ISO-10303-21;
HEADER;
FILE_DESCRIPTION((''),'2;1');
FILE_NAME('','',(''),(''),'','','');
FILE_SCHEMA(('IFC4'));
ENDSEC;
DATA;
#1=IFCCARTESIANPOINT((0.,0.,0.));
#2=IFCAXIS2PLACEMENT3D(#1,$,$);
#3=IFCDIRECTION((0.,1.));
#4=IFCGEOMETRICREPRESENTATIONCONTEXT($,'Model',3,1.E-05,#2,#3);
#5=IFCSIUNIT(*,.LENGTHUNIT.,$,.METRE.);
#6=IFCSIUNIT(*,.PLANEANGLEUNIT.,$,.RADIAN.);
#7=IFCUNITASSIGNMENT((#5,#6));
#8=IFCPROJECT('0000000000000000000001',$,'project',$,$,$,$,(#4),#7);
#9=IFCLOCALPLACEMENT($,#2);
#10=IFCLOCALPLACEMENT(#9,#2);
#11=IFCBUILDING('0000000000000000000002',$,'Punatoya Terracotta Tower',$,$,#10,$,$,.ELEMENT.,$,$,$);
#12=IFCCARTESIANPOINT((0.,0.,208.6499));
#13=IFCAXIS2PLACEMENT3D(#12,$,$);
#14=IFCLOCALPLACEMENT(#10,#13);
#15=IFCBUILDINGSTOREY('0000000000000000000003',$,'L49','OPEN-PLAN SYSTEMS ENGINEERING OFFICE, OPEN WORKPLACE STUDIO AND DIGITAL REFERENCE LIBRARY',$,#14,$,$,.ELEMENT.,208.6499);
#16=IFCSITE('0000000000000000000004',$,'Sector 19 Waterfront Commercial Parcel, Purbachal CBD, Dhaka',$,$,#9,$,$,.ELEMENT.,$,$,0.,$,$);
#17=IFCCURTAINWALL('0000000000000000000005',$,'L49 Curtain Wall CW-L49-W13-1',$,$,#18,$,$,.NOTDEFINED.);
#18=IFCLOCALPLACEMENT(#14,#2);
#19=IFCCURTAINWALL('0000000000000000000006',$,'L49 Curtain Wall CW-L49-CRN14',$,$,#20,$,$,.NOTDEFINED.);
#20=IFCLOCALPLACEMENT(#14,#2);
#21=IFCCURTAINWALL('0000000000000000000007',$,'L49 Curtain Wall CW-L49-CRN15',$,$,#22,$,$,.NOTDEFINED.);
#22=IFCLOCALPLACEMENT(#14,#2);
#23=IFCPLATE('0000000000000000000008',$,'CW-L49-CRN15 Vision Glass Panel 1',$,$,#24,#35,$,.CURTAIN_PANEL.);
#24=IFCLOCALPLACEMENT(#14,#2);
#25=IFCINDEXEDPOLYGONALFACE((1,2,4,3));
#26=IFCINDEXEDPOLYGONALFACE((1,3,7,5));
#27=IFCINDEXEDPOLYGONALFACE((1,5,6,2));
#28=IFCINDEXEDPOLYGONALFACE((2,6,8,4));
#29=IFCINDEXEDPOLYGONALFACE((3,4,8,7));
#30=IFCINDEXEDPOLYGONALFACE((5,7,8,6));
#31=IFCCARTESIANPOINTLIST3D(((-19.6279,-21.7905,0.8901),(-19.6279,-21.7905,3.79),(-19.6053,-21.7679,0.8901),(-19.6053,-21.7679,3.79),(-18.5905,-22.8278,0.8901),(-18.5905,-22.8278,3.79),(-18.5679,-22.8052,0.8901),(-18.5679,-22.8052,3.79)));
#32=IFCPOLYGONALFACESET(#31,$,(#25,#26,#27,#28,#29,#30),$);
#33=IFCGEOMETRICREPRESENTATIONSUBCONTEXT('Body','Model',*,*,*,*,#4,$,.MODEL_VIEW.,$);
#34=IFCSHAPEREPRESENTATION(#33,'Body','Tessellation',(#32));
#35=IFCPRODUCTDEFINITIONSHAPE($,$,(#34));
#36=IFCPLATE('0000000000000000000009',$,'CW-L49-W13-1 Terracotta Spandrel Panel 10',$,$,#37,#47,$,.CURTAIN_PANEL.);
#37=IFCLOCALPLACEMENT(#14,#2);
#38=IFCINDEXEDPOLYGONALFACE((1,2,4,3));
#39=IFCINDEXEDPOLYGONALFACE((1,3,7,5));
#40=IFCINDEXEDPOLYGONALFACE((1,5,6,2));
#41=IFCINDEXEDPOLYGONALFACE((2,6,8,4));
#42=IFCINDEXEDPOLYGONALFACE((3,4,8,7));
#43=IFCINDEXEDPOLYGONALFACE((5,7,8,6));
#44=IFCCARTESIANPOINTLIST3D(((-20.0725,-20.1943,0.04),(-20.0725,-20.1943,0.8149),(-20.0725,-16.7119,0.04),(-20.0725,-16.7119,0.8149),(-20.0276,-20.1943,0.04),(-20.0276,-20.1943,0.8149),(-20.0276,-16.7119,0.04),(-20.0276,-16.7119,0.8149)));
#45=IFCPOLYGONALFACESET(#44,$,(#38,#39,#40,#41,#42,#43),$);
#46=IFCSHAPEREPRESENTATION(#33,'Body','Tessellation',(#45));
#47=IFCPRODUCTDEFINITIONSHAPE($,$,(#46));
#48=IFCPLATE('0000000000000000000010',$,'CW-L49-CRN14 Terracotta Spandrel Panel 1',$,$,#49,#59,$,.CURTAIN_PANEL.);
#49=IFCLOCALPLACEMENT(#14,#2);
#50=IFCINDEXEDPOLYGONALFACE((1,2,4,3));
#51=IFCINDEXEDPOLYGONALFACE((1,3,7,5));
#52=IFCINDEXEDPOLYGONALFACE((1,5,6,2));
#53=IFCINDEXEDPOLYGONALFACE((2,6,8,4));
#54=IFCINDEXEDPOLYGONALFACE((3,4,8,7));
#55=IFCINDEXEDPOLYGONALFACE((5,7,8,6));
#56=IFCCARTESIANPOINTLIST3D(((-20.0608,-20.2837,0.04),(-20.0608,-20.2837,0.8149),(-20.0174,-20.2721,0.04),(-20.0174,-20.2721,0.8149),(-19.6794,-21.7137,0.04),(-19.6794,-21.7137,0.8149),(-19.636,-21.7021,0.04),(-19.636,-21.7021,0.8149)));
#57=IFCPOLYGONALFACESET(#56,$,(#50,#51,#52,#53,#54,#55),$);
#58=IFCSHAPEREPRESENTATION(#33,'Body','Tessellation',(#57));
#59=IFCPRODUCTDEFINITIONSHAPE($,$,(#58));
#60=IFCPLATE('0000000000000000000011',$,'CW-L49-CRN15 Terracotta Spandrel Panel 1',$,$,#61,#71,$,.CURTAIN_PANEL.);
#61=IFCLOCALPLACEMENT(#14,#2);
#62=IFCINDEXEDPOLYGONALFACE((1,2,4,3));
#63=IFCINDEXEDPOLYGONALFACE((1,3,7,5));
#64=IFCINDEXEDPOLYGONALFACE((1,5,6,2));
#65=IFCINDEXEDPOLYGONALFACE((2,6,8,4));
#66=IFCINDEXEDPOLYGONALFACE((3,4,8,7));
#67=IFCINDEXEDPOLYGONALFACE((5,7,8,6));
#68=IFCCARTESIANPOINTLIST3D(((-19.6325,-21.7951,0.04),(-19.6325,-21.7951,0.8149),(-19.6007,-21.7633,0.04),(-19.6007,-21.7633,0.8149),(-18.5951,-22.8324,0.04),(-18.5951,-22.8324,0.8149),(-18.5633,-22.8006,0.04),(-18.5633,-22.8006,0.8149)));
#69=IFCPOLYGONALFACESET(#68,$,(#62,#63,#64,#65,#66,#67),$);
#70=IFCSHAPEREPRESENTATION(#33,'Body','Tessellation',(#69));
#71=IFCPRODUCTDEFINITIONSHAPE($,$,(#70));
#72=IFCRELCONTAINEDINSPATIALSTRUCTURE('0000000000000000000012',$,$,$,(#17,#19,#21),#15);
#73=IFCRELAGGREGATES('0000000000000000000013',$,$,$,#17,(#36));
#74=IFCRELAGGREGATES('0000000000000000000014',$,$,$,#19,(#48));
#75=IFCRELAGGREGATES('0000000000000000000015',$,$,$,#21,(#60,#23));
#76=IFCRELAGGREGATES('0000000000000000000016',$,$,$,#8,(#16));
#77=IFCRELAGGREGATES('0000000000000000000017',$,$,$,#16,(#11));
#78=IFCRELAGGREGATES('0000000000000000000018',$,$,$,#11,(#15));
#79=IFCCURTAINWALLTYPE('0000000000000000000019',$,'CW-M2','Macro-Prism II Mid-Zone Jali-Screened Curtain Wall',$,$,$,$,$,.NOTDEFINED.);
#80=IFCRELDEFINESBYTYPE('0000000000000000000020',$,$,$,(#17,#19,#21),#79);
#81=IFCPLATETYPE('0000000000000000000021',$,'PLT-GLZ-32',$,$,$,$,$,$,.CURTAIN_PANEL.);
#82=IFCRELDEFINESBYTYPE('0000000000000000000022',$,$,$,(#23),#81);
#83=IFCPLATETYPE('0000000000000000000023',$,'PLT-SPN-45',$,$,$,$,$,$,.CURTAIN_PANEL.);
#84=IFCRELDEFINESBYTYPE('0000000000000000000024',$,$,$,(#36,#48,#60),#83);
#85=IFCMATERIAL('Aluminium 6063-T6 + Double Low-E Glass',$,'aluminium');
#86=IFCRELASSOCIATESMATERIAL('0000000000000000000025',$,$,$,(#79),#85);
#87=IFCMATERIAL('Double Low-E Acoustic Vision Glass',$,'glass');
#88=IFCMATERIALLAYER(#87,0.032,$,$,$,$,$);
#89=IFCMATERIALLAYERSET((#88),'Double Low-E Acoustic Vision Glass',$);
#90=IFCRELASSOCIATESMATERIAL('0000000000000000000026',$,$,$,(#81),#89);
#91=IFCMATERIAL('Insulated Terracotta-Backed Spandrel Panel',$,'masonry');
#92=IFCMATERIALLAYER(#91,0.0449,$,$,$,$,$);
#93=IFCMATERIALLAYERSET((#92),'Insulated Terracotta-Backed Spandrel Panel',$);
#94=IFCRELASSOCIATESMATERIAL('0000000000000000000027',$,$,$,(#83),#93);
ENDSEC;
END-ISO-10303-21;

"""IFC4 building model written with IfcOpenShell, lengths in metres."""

from ifc_helpers import new_model, si_unit, direction, frame, origin, origin_2d, place, context, subcontext, project, spatial, rectangle, extrude, material, layer, layer_set, type_object, element, aggregate, save


model = new_model("IFC4")

# Units and contexts
model_context = context("Model", 3, precision=1e-05, world=origin(), true_north=direction((0.0, 1.0)))
body_context = subcontext(model_context, "Body", "Model", "MODEL_VIEW")
ifc_project = project(units=[si_unit("LENGTHUNIT", "METRE"), si_unit("PLANEANGLEUNIT", "RADIAN")], contexts=[model_context])

# Site, building, storey
site_placement = place(None, origin())
site = spatial("IfcSite", under=ifc_project, at=site_placement, Name="Sector 19 Waterfront Commercial Parcel, Purbachal CBD, Dhaka", CompositionType="ELEMENT", RefElevation=0.0)
building_placement = place(site_placement, origin())
building = spatial("IfcBuilding", under=site, at=building_placement, Name="Punatoya Terracotta Tower", CompositionType="ELEMENT")
storey_placement = place(building_placement, frame((0.0, 0.0, 208.6499)))
storey = spatial("IfcBuildingStorey", under=building, at=storey_placement, Name="L49", Description="OPEN-PLAN SYSTEMS ENGINEERING OFFICE, OPEN WORKPLACE STUDIO AND DIGITAL REFERENCE LIBRARY", CompositionType="ELEMENT", Elevation=208.6499)

# Curtain wall
ifc_material_1 = material(Name="Aluminium 6063-T6 + Double Low-E Glass", Category="aluminium")
curtain_wall_type = type_object("IfcCurtainWallType", Name="CW-M2", Description="Macro-Prism II Mid-Zone Jali-Screened Curtain Wall", PredefinedType="NOTDEFINED", material=ifc_material_1)
curtain_wall_1_placement = place(storey_placement, origin())
curtain_wall_1 = element("IfcCurtainWall", 1, at=curtain_wall_1_placement, inside=storey, type_object=curtain_wall_type, Name="L49 Curtain Wall CW-L49-W13-1", PredefinedType="NOTDEFINED")

# Curtain walls
curtain_wall_2_placement = place(storey_placement, origin())
curtain_wall_2 = element("IfcCurtainWall", 2, at=curtain_wall_2_placement, inside=storey, type_object=curtain_wall_type, Name="L49 Curtain Wall CW-L49-CRN14", PredefinedType="NOTDEFINED")
curtain_wall_3_placement = place(storey_placement, origin())
curtain_wall_3 = element("IfcCurtainWall", 3, at=curtain_wall_3_placement, inside=storey, type_object=curtain_wall_type, Name="L49 Curtain Wall CW-L49-CRN15", PredefinedType="NOTDEFINED")

# Plates
ifc_material_2 = material(Name="Double Low-E Acoustic Vision Glass", Category="glass")
ifc_layer_1 = layer(ifc_material_2, 0.032)
ifc_layer_set_1 = layer_set([ifc_layer_1], Name="Double Low-E Acoustic Vision Glass")
plate_type_1 = type_object("IfcPlateType", Name="PLT-GLZ-32", PredefinedType="CURTAIN_PANEL", material=ifc_layer_set_1)
plate_1_placement = place(storey_placement, frame((-19.0979, -22.2979, 0.8901), z_axis=(0.0, 0.0, 1.0), x_axis=(0.707107, -0.707107, 0.0)))
plate_1 = element("IfcPlate", 4, at=plate_1_placement, type_object=plate_type_1, Name="CW-L49-CRN15 Vision Glass Panel 1", PredefinedType="CURTAIN_PANEL", context=body_context, shape_type="SweptSolid", body=[
    extrude(rectangle(XDim=1.467, YDim=0.032, at=origin_2d()), origin(), (0.0, 0.0, 1.0), 2.8999),
])
ifc_material_3 = material(Name="Insulated Terracotta-Backed Spandrel Panel", Category="masonry")
ifc_layer_2 = layer(ifc_material_3, 0.0449)
ifc_layer_set_2 = layer_set([ifc_layer_2], Name="Insulated Terracotta-Backed Spandrel Panel")
plate_type_2 = type_object("IfcPlateType", Name="PLT-SPN-45", PredefinedType="CURTAIN_PANEL", material=ifc_layer_set_2)
plate_2_placement = place(storey_placement, frame((-20.05, -18.4531, 0.04), z_axis=(0.0, 0.0, 1.0), x_axis=(0.0, -1.0, 0.0)))
plate_2 = element("IfcPlate", 5, at=plate_2_placement, type_object=plate_type_2, Name="CW-L49-W13-1 Terracotta Spandrel Panel 10", PredefinedType="CURTAIN_PANEL", context=body_context, shape_type="SweptSolid", body=[
    extrude(rectangle(XDim=3.4824, YDim=0.0449, at=origin_2d()), origin(), (0.0, 0.0, 1.0), 0.7749),
])
aggregate(curtain_wall_1, [plate_2])
plate_3_placement = place(storey_placement, frame((-19.8484, -20.9929, 0.04), z_axis=(0.0, 0.0, 1.0), x_axis=(0.257742, -0.966214, 0.0)))
plate_3 = element("IfcPlate", 6, at=plate_3_placement, type_object=plate_type_2, Name="CW-L49-CRN14 Terracotta Spandrel Panel 1", PredefinedType="CURTAIN_PANEL", context=body_context, shape_type="SweptSolid", body=[
    extrude(rectangle(XDim=1.48, YDim=0.0449, at=origin_2d()), origin(), (0.0, 0.0, 1.0), 0.7749),
])
aggregate(curtain_wall_2, [plate_3])
plate_4_placement = place(storey_placement, frame((-19.0979, -22.2979, 0.04), z_axis=(0.0, 0.0, 1.0), x_axis=(0.707107, -0.707107, 0.0)))
plate_4 = element("IfcPlate", 7, at=plate_4_placement, type_object=plate_type_2, Name="CW-L49-CRN15 Terracotta Spandrel Panel 1", PredefinedType="CURTAIN_PANEL", context=body_context, shape_type="SweptSolid", body=[
    extrude(rectangle(XDim=1.467, YDim=0.0449, at=origin_2d()), origin(), (0.0, 0.0, 1.0), 0.7749),
])
aggregate(curtain_wall_3, [plate_4, plate_1])

save(model, "model.ifc")
